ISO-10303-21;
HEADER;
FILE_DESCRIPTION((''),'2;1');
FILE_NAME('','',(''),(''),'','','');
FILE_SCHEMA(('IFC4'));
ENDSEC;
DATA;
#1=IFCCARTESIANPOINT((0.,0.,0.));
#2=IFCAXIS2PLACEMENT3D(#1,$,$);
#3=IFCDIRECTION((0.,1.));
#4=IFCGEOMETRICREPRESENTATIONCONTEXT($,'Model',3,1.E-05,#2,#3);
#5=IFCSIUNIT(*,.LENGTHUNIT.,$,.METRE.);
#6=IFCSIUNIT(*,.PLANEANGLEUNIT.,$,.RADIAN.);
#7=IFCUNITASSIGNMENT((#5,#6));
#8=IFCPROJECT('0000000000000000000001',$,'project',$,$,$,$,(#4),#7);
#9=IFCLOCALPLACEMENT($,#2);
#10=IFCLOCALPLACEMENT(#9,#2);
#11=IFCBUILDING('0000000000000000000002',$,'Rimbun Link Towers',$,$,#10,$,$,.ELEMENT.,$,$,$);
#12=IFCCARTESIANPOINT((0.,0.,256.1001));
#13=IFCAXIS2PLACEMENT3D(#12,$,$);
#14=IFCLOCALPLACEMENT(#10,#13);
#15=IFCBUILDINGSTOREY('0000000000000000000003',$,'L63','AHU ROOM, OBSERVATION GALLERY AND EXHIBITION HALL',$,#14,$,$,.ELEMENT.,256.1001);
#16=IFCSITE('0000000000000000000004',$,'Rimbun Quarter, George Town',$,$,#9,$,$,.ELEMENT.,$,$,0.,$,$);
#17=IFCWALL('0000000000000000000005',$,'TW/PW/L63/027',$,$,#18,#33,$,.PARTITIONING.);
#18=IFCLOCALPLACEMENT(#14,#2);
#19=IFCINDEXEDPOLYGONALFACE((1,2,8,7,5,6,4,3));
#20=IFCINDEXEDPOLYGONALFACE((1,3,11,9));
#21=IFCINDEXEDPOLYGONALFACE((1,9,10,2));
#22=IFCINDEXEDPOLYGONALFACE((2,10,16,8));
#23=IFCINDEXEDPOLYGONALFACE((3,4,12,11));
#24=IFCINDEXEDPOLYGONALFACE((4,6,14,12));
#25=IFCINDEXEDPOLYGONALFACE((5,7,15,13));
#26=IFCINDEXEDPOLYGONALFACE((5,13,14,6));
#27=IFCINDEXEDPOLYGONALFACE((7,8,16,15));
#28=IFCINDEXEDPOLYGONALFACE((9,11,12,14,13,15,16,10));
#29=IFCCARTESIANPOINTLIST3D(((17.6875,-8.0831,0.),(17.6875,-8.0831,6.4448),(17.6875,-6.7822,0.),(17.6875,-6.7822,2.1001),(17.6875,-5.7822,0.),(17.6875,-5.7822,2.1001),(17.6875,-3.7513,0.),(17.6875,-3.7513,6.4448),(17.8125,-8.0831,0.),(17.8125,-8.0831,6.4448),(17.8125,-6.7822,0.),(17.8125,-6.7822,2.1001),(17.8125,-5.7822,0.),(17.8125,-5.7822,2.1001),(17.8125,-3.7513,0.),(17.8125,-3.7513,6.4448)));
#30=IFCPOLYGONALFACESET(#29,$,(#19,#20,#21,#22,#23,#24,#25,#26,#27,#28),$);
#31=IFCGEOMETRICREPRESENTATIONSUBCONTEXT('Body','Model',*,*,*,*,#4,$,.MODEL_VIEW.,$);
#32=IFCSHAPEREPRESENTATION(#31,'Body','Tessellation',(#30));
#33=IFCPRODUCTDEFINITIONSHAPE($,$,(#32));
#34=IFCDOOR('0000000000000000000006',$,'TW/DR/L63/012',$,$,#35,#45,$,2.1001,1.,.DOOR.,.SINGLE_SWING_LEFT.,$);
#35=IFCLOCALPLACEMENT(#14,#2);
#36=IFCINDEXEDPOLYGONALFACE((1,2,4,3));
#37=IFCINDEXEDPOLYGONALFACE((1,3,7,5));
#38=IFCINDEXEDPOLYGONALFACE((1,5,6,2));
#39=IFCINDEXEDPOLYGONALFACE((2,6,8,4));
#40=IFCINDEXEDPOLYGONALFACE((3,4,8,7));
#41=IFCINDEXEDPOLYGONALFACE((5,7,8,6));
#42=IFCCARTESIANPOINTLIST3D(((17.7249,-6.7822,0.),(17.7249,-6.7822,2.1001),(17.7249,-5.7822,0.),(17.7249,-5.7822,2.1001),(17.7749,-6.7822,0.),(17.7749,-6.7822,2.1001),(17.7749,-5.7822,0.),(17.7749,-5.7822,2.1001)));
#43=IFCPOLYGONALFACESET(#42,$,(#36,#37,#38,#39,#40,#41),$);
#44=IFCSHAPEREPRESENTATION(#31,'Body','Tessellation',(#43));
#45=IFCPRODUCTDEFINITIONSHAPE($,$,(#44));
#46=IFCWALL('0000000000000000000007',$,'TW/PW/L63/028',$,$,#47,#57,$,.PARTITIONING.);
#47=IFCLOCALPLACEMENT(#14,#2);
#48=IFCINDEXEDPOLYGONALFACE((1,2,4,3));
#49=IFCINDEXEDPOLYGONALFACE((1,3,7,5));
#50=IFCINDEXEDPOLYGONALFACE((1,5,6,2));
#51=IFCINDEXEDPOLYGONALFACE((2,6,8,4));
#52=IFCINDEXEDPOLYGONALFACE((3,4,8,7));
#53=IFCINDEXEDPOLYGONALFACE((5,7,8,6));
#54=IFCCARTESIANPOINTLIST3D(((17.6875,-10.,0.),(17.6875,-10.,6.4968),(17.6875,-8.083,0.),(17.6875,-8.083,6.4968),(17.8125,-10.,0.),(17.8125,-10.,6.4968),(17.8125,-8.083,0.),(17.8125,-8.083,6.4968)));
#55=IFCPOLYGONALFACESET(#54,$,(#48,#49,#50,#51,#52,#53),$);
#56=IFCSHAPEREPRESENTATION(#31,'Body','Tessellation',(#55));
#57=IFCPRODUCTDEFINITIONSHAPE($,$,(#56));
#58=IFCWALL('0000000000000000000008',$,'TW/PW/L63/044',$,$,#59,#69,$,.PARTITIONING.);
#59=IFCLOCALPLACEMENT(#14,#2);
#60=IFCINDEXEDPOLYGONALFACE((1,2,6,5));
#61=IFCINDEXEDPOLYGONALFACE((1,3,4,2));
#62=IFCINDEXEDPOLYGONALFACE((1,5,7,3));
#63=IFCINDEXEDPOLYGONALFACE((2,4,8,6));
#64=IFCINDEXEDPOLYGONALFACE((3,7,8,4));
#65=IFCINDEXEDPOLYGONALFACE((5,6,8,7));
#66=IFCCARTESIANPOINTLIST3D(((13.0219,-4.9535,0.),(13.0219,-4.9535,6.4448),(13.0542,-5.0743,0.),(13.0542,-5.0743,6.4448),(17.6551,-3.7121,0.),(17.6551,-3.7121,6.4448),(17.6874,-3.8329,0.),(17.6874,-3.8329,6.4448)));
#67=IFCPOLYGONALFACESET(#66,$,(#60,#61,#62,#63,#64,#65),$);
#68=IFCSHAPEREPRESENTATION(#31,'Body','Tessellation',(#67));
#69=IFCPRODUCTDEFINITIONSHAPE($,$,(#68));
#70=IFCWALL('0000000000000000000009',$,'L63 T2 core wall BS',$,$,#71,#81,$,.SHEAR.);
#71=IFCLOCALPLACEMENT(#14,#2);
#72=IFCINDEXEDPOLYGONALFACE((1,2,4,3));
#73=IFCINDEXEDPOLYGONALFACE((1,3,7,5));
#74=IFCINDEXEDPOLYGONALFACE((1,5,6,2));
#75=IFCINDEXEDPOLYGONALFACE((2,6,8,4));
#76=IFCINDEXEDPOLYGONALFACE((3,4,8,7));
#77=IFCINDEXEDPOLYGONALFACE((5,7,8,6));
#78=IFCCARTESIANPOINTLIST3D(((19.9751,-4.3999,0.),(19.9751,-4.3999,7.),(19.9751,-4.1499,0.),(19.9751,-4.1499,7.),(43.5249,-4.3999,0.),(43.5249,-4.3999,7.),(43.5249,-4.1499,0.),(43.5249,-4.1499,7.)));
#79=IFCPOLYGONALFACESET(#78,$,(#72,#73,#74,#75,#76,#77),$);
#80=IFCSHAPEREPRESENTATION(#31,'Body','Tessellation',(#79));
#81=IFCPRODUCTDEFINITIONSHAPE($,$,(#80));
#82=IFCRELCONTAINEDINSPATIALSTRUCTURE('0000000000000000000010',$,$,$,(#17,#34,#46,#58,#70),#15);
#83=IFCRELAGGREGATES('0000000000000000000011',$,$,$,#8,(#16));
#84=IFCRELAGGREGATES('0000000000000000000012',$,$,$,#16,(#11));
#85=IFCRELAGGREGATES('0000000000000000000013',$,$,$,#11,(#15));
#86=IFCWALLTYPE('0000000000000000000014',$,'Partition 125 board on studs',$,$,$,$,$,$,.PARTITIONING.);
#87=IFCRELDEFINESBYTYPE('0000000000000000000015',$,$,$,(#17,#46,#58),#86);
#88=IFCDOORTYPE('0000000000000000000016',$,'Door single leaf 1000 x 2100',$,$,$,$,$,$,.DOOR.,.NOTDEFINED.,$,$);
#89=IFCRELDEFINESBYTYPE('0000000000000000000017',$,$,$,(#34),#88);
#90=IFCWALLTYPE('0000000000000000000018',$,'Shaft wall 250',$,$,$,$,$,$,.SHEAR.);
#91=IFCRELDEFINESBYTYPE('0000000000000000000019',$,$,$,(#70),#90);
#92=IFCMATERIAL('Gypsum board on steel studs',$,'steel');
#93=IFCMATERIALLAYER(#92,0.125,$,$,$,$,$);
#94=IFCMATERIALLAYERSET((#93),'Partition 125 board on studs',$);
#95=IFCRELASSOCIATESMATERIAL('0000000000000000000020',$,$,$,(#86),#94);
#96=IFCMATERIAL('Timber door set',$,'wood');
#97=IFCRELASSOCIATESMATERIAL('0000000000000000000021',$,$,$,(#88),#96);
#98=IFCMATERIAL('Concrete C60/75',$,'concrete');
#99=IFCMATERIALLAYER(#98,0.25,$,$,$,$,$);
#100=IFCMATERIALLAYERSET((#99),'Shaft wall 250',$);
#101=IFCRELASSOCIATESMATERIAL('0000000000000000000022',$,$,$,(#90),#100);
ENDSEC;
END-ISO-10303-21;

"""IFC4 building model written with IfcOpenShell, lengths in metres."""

from ifc_helpers import new_model, si_unit, direction, frame, frame_2d, origin, place, context, subcontext, project, spatial, rectangle, extrude, material, layer, layer_set, type_object, element, fill, save


model = new_model("IFC4")

# Units and contexts
model_context = context("Model", 3, precision=1e-05, world=origin(), true_north=direction((0.0, 1.0)))
body_context = subcontext(model_context, "Body", "Model", "MODEL_VIEW")
ifc_project = project(units=[si_unit("LENGTHUNIT", "METRE"), si_unit("PLANEANGLEUNIT", "RADIAN")], contexts=[model_context])

# Site, building, storey
site_placement = place(None, origin())
site = spatial("IfcSite", under=ifc_project, at=site_placement, Name="Rimbun Quarter, George Town", CompositionType="ELEMENT", RefElevation=0.0)
building_placement = place(site_placement, origin())
building = spatial("IfcBuilding", under=site, at=building_placement, Name="Rimbun Link Towers", CompositionType="ELEMENT")
storey_placement = place(building_placement, frame((0.0, 0.0, 256.1001)))
storey = spatial("IfcBuildingStorey", under=building, at=storey_placement, Name="L63", Description="AHU ROOM, OBSERVATION GALLERY AND EXHIBITION HALL", CompositionType="ELEMENT", Elevation=256.1001)

# Wall, opening, door
ifc_material_1 = material(Name="Gypsum board on steel studs", Category="steel")
ifc_layer_1 = layer(ifc_material_1, 0.125)
ifc_layer_set_1 = layer_set([ifc_layer_1], Name="Partition 125 board on studs")
wall_type_1 = type_object("IfcWallType", Name="Partition 125 board on studs", PredefinedType="PARTITIONING", material=ifc_layer_set_1)
wall_1_placement = place(storey_placement, frame((17.75, -3.7512, 0.0), z_axis=(0.0, 0.0, 1.0), x_axis=(0.0, -1.0, 0.0)))
wall_1 = element("IfcWall", 1, at=wall_1_placement, inside=storey, type_object=wall_type_1, Name="TW/PW/L63/027", PredefinedType="PARTITIONING", context=body_context, shape_type="SweptSolid", body=[
    extrude(rectangle(XDim=4.3318, YDim=0.125, at=frame_2d((2.166, 0.0))), origin(), (0.0, 0.0, 1.0), 6.4448),
])
opening_1_placement = place(wall_1_placement, frame((2.031, 0.0, 0.0)))
opening_1 = element("IfcOpeningElement", 2, at=opening_1_placement, cuts=wall_1, PredefinedType="OPENING", context=body_context, shape_type="SweptSolid", body=[
    extrude(rectangle(XDim=1.0, YDim=2.1001, at=frame_2d((0.5, 1.05))), frame((0.0, 0.0725, 0.0), z_axis=(0.0, -1.0, 0.0), x_axis=(1.0, 0.0, 0.0)), (0.0, 0.0, 1.0), 0.145),
])
ifc_material_2 = material(Name="Timber door set", Category="wood")
door_type_1 = type_object("IfcDoorType", Name="Door single leaf 1000 x 2100", OperationType="NOTDEFINED", PredefinedType="DOOR", material=ifc_material_2)
door_1_placement = place(opening_1_placement, origin())
door_1 = element("IfcDoor", 3, at=door_1_placement, inside=storey, type_object=door_type_1, Name="TW/DR/L63/012", OperationType="SINGLE_SWING_LEFT", OverallHeight=2.1001, OverallWidth=1.0, PredefinedType="DOOR", context=body_context, shape_type="SweptSolid", body=[
    extrude(rectangle(XDim=1.0, YDim=2.1001, at=frame_2d((0.5, 1.05))), frame((0.0, 0.0249, 0.0), z_axis=(0.0, -1.0, 0.0), x_axis=(1.0, 0.0, 0.0)), (0.0, 0.0, 1.0), 0.05),
])
fill(opening_1, door_1)

# Walls
wall_2_placement = place(storey_placement, frame((17.75, -8.083, 0.0), z_axis=(0.0, 0.0, 1.0), x_axis=(0.0, -1.0, 0.0)))
element("IfcWall", 4, at=wall_2_placement, inside=storey, type_object=wall_type_1, Name="TW/PW/L63/028", PredefinedType="PARTITIONING", context=body_context, shape_type="SweptSolid", body=[
    extrude(rectangle(XDim=1.917, YDim=0.125, at=frame_2d((0.9585, 0.0))), origin(), (0.0, 0.0, 1.0), 6.4968),
])
wall_3_placement = place(storey_placement, frame((17.6714, -3.7725, 0.0), z_axis=(0.0, 0.0, 1.0), x_axis=(-0.965928, -0.258812, 0.0)))
element("IfcWall", 5, at=wall_3_placement, inside=storey, type_object=wall_type_1, Name="TW/PW/L63/044", PredefinedType="PARTITIONING", context=body_context, shape_type="SweptSolid", body=[
    extrude(rectangle(XDim=4.7966, YDim=0.125, at=frame_2d((2.3984, 0.0))), origin(), (0.0, 0.0, 1.0), 6.4448),
])
ifc_material_3 = material(Name="Concrete C60/75", Category="concrete")
ifc_layer_2 = layer(ifc_material_3, 0.25)
ifc_layer_set_2 = layer_set([ifc_layer_2], Name="Shaft wall 250")
wall_type_2 = type_object("IfcWallType", Name="Shaft wall 250", PredefinedType="SHEAR", material=ifc_layer_set_2)
wall_4_placement = place(storey_placement, frame((19.9751, -4.2749, 0.0), z_axis=(0.0, 0.0, 1.0), x_axis=(1.0, 0.0, 0.0)))
element("IfcWall", 6, at=wall_4_placement, inside=storey, type_object=wall_type_2, Name="L63 T2 core wall BS", PredefinedType="SHEAR", context=body_context, shape_type="SweptSolid", body=[
    extrude(rectangle(XDim=23.5498, YDim=0.25, at=frame_2d((11.7749, 0.0))), origin(), (0.0, 0.0, 1.0), 7.0),
])

save(model, "model.ifc")
